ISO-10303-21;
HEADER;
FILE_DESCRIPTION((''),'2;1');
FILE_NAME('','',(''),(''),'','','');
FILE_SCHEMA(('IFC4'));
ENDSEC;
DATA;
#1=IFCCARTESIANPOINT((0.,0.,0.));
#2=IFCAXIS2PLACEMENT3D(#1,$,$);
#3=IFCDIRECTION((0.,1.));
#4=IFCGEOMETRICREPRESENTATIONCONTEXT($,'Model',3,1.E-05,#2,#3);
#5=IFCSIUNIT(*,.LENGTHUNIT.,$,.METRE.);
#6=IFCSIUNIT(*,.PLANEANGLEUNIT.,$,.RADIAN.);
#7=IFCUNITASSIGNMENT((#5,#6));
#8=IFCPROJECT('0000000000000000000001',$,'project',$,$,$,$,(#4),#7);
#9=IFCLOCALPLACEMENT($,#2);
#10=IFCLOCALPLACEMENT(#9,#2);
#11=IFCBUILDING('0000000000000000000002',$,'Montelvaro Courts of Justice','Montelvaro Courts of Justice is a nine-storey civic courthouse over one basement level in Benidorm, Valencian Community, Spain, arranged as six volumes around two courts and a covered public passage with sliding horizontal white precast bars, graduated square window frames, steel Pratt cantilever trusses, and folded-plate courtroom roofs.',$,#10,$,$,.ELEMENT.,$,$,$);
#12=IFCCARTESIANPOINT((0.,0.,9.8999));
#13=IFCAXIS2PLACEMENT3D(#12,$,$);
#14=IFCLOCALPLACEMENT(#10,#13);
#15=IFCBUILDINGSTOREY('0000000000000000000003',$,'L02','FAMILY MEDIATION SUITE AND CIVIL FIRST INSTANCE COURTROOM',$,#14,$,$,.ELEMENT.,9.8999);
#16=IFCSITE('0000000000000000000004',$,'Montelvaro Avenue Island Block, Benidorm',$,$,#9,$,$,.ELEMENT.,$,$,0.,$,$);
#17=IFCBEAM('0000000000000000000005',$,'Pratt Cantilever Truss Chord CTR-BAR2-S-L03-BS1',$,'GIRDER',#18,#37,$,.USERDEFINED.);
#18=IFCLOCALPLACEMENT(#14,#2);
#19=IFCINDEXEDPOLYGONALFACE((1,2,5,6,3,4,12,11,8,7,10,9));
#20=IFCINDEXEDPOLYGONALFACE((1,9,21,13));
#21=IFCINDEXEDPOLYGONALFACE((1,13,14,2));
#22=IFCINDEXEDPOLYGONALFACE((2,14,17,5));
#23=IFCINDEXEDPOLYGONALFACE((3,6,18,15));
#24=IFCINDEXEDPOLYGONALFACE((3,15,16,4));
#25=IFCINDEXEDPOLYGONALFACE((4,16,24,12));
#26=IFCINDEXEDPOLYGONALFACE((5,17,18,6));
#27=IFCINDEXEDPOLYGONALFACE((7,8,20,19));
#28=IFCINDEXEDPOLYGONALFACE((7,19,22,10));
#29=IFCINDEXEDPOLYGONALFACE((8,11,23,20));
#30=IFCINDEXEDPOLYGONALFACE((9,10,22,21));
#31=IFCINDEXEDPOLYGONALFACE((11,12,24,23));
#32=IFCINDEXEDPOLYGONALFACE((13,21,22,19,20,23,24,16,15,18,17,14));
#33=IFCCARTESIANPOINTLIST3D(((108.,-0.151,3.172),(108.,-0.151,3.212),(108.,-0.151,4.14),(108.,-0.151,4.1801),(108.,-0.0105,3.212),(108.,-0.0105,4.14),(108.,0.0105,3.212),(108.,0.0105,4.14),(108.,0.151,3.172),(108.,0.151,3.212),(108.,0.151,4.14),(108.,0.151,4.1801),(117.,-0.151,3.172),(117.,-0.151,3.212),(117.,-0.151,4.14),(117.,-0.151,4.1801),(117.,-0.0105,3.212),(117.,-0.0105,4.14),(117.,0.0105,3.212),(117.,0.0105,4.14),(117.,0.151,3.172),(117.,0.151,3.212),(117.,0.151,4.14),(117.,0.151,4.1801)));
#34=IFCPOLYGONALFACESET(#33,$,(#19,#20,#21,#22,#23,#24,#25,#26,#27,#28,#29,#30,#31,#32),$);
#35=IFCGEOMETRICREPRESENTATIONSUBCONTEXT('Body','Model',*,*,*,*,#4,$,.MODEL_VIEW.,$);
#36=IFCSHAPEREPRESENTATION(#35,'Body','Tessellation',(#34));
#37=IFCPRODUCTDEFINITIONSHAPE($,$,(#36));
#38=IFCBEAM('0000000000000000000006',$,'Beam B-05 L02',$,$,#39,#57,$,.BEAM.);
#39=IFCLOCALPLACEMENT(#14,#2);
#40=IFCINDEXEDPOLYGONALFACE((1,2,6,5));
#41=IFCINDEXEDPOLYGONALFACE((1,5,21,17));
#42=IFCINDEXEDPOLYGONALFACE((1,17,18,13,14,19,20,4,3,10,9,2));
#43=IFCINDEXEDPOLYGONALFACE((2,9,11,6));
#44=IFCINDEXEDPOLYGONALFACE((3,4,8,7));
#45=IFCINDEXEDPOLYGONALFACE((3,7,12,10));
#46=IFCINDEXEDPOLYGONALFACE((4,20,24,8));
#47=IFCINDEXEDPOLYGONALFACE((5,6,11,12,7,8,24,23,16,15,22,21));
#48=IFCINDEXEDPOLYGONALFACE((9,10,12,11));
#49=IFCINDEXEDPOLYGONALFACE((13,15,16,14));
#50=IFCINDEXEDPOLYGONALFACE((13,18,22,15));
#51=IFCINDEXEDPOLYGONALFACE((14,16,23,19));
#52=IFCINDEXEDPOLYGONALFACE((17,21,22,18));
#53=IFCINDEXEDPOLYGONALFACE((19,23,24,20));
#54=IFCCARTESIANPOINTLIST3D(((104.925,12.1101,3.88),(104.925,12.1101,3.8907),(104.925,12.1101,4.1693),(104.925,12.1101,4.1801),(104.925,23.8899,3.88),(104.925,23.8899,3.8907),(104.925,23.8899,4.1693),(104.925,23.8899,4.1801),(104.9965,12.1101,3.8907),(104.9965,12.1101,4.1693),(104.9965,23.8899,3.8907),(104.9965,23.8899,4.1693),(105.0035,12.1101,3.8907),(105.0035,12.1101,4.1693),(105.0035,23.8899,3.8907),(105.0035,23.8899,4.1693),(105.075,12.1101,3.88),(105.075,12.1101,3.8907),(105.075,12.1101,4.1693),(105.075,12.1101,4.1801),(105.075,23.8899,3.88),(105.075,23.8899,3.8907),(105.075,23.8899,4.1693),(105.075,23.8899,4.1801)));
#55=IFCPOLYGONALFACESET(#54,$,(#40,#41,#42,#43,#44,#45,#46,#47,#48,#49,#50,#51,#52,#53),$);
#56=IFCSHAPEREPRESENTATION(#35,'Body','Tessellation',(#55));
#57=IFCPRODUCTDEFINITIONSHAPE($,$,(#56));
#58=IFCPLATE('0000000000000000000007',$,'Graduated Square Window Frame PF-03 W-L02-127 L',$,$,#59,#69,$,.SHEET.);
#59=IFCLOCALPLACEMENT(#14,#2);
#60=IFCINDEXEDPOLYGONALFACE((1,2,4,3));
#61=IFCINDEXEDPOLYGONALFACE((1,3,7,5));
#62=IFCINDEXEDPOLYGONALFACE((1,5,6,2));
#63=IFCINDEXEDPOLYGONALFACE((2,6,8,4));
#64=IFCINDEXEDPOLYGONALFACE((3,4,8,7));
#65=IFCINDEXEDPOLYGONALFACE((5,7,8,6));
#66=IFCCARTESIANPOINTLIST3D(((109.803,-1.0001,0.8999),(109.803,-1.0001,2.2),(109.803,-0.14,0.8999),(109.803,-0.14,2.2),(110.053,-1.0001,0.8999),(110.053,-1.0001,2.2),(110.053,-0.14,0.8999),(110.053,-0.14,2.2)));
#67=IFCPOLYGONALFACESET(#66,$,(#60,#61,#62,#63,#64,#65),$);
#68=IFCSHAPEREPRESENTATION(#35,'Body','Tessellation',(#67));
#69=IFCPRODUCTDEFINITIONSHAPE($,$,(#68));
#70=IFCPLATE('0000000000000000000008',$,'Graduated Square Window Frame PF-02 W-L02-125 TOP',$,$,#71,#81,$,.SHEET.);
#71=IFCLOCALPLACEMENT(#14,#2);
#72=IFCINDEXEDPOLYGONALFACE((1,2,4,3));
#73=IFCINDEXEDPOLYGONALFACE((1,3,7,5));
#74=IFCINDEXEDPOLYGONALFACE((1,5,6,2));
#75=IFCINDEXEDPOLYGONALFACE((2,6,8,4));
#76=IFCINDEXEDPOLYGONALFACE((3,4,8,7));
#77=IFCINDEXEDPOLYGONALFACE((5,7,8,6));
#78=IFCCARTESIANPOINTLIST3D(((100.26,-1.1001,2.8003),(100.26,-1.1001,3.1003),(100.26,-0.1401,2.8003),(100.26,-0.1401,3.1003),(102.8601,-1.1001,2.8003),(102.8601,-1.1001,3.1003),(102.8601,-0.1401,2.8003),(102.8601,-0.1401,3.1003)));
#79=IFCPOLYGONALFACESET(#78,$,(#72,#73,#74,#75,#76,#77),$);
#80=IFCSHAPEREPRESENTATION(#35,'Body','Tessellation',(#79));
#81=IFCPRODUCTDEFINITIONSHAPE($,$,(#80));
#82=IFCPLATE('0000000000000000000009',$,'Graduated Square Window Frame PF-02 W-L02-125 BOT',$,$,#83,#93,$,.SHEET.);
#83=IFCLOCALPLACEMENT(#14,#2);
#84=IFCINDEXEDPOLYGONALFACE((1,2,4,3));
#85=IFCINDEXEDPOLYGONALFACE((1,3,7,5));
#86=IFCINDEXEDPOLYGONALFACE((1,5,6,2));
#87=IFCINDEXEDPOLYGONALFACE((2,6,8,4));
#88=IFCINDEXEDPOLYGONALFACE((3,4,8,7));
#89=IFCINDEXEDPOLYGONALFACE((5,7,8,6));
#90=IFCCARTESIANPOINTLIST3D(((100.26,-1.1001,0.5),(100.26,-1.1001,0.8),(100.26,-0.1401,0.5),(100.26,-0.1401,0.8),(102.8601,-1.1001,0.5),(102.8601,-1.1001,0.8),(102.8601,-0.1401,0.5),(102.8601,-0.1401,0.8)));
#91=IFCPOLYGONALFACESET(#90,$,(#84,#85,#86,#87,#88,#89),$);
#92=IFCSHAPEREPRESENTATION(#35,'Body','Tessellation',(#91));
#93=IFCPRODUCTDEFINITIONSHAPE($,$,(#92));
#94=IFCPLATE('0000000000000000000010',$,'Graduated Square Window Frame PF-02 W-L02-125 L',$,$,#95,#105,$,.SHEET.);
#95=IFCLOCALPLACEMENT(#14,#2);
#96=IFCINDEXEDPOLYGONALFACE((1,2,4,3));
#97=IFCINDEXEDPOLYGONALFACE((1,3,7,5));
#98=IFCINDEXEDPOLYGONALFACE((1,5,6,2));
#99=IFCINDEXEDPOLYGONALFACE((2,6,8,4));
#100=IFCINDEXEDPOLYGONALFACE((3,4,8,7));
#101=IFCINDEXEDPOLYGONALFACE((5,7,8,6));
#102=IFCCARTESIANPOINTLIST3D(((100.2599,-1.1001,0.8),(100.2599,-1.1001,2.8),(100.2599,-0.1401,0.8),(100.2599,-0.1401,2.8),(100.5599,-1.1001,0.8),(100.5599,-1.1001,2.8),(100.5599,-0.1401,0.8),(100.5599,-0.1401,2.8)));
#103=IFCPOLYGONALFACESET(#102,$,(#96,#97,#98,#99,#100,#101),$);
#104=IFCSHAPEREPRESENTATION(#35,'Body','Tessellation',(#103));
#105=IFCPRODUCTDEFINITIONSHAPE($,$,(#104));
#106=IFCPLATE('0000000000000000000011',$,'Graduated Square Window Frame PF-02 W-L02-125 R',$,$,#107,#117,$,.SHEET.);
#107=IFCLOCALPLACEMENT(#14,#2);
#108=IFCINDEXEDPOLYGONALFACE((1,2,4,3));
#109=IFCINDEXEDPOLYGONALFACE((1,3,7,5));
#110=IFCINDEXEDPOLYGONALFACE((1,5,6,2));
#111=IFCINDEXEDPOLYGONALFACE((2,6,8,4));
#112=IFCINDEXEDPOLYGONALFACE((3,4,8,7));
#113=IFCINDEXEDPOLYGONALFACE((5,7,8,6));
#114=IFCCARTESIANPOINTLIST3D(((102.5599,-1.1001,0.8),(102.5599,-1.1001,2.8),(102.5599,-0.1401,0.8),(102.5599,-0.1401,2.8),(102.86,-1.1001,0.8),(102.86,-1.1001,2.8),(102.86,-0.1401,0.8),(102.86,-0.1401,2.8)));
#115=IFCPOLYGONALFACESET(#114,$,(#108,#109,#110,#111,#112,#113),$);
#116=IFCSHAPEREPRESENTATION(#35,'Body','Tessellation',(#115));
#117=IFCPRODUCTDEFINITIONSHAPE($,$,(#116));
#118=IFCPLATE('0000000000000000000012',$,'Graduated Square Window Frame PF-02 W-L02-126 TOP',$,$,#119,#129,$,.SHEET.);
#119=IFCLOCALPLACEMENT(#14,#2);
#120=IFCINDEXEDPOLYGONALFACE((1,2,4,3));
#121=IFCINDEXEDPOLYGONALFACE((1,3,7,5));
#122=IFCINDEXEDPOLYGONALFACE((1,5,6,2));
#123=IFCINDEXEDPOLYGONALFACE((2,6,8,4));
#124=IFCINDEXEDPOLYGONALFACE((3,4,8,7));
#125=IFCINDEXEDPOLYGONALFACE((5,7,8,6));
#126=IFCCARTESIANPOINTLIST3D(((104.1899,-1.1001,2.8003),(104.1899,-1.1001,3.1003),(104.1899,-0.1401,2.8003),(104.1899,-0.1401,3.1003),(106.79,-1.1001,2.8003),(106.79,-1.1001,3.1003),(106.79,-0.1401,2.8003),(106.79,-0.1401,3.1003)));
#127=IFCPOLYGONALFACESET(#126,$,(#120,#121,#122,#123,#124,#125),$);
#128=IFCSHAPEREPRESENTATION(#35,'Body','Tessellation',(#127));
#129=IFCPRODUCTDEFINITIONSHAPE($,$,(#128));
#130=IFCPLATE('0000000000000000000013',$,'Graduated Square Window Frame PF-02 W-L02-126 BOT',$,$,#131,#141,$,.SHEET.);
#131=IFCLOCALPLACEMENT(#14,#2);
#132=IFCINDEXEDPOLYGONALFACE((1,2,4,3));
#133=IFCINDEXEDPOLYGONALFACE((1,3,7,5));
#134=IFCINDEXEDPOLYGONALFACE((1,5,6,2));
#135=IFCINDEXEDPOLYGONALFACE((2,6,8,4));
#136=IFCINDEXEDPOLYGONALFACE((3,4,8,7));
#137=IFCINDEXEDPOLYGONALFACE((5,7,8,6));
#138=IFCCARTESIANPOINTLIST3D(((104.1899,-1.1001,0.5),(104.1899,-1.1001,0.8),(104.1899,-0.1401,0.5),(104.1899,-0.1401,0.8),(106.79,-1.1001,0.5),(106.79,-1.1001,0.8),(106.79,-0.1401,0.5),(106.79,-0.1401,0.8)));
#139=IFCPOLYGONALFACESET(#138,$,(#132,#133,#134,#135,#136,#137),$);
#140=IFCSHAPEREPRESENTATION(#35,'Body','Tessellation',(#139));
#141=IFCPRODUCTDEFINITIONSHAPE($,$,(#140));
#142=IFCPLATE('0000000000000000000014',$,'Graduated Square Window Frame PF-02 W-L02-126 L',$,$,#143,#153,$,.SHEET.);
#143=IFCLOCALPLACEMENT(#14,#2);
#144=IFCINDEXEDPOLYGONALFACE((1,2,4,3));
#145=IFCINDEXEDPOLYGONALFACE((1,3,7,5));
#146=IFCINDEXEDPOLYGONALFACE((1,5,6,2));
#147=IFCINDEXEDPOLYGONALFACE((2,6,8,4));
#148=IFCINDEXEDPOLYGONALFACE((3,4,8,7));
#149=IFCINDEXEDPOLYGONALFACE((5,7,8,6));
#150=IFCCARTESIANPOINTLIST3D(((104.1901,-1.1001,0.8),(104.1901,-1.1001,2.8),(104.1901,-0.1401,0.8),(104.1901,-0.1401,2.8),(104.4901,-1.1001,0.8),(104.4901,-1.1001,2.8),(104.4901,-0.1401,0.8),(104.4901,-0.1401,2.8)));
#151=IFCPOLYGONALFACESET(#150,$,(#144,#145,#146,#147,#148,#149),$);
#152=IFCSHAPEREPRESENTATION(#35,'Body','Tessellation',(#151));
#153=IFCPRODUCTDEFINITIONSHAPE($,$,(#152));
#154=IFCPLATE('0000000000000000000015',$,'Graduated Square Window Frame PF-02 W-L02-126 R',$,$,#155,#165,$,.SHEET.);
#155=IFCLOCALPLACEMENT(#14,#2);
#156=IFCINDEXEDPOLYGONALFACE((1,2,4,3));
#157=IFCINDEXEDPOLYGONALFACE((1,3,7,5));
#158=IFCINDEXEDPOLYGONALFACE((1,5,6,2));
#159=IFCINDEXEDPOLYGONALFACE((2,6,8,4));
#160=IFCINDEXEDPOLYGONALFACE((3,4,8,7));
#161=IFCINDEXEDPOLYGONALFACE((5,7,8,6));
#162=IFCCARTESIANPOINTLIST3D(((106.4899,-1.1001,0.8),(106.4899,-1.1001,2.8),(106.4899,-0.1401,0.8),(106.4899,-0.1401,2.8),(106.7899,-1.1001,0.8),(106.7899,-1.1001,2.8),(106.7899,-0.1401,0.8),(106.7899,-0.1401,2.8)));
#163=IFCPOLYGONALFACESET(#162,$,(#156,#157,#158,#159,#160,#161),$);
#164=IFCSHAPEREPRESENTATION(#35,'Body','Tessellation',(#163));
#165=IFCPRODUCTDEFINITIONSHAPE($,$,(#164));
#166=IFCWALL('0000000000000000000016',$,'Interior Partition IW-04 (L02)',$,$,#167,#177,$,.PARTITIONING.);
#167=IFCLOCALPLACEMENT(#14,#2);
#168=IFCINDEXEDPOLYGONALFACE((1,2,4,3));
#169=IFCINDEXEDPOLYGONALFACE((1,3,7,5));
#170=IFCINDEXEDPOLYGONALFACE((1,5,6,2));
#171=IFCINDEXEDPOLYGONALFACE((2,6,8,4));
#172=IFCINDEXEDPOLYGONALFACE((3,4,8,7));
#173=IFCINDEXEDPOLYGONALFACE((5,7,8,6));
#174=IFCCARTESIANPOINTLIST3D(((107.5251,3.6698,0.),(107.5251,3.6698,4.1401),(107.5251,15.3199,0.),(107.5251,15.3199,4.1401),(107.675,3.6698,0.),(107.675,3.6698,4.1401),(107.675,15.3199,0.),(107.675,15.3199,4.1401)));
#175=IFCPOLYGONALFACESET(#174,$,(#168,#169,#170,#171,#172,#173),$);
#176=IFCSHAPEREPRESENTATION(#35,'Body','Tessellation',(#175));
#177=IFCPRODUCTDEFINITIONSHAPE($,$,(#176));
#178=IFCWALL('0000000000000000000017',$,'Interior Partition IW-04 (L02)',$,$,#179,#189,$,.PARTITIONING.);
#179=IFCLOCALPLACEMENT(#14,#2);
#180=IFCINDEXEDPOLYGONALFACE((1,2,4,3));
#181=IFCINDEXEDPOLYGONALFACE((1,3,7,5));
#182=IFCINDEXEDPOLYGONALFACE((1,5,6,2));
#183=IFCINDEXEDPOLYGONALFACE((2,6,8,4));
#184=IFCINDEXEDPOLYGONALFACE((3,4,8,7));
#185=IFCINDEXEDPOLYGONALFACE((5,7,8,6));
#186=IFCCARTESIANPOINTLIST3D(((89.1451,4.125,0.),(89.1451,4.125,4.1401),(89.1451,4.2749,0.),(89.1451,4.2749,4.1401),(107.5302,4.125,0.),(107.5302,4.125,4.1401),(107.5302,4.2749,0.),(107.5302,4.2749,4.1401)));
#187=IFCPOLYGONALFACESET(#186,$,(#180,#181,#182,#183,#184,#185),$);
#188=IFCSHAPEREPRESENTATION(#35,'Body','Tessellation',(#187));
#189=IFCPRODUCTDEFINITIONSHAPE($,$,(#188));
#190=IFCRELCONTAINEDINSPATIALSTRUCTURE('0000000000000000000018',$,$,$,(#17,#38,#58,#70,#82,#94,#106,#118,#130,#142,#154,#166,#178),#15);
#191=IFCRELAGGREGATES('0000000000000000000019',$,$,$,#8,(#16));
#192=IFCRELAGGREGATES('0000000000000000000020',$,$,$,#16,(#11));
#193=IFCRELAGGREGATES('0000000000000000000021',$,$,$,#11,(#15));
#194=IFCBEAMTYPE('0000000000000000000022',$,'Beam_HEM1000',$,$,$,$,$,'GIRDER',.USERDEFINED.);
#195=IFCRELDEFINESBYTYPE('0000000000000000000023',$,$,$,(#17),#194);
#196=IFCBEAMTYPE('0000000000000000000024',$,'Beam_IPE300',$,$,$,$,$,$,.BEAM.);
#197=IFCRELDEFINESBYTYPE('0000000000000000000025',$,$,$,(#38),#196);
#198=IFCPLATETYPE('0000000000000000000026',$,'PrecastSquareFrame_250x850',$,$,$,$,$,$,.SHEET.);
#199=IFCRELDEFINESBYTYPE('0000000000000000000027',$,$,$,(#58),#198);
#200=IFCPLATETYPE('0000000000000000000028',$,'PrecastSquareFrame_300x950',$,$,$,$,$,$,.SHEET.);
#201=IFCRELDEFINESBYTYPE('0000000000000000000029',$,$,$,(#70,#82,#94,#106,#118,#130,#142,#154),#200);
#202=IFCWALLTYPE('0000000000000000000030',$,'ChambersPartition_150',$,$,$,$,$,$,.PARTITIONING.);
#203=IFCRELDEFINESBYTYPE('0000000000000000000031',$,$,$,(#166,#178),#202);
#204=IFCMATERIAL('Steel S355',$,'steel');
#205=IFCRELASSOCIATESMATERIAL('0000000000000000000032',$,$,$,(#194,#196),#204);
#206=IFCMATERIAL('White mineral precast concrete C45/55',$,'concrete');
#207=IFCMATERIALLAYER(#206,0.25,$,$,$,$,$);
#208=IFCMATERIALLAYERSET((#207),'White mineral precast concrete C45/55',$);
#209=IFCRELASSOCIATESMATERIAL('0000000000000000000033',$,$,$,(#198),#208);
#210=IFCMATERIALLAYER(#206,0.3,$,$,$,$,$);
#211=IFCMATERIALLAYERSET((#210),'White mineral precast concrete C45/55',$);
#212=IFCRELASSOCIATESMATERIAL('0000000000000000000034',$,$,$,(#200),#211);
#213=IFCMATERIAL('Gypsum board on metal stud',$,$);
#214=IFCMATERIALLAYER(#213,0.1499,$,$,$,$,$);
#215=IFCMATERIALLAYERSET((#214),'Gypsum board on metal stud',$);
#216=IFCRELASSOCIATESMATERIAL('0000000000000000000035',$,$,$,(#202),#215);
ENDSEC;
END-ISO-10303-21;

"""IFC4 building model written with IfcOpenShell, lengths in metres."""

from ifc_helpers import new_model, si_unit, direction, frame, frame_2d, origin, origin_2d, place, context, subcontext, project, spatial, rectangle, i_section, extrude, material, layer, layer_set, material_profile, profile_set, type_object, element, save


model = new_model("IFC4")

# Units and contexts
model_context = context("Model", 3, precision=1e-05, world=origin(), true_north=direction((0.0, 1.0)))
body_context = subcontext(model_context, "Body", "Model", "MODEL_VIEW")
ifc_project = project(units=[si_unit("LENGTHUNIT", "METRE"), si_unit("PLANEANGLEUNIT", "RADIAN")], contexts=[model_context])

# Site, building, storey
site_placement = place(None, origin())
site = spatial("IfcSite", under=ifc_project, at=site_placement, Name="Montelvaro Avenue Island Block, Benidorm", CompositionType="ELEMENT", RefElevation=0.0)
building_placement = place(site_placement, origin())
building = spatial("IfcBuilding", under=site, at=building_placement, Name="Montelvaro Courts of Justice", Description="Montelvaro Courts of Justice is a nine-storey civic courthouse over one basement level in Benidorm, Valencian Community, Spain, arranged as six volumes around two courts and a covered public passage with sliding horizontal white precast bars, graduated square window frames, steel Pratt cantilever trusses, and folded-plate courtroom roofs.", CompositionType="ELEMENT")
storey_placement = place(building_placement, frame((0.0, 0.0, 9.8999)))
storey = spatial("IfcBuildingStorey", under=building, at=storey_placement, Name="L02", Description="FAMILY MEDIATION SUITE AND CIVIL FIRST INSTANCE COURTROOM", CompositionType="ELEMENT", Elevation=9.8999)

# Shared definitions
ifc_material_1 = material(Name="Steel S355", Category="steel")

# Beams
ifc_material_profile_1 = material_profile(ifc_material_1, i_section(OverallWidth=0.302, OverallDepth=1.0081, WebThickness=0.021, FlangeThickness=0.04, at=origin_2d()), Name="HEM 1000")
ifc_profile_set_1 = profile_set([ifc_material_profile_1], Name="Steel S355")
beam_type_1 = type_object("IfcBeamType", Name="Beam_HEM1000", ElementType="GIRDER", PredefinedType="USERDEFINED", material=ifc_profile_set_1)
beam_1_placement = place(storey_placement, frame((108.0, 0.0, 3.676), z_axis=(1.0, 0.0, 0.0), x_axis=(0.0, 1.0, 0.0)))
element("IfcBeam", 1, at=beam_1_placement, inside=storey, type_object=beam_type_1, Name="Pratt Cantilever Truss Chord CTR-BAR2-S-L03-BS1", ObjectType="GIRDER", PredefinedType="USERDEFINED", context=body_context, shape_type="SweptSolid", body=[
    extrude(i_section(OverallWidth=0.302, OverallDepth=1.0081, WebThickness=0.021, FlangeThickness=0.04, at=origin_2d()), origin(), (0.0, 0.0, 1.0), 9.0),
])
ifc_material_profile_2 = material_profile(ifc_material_1, i_section(OverallWidth=0.1499, OverallDepth=0.3, WebThickness=0.0071, FlangeThickness=0.0107, at=origin_2d()), Name="IPE 300")
ifc_profile_set_2 = profile_set([ifc_material_profile_2], Name="Steel S355")
beam_type_2 = type_object("IfcBeamType", Name="Beam_IPE300", PredefinedType="BEAM", material=ifc_profile_set_2)
beam_2_placement = place(storey_placement, frame((105.0, 12.1101, 4.03), z_axis=(0.0, 1.0, 0.0), x_axis=(-1.0, 0.0, 0.0)))
element("IfcBeam", 2, at=beam_2_placement, inside=storey, type_object=beam_type_2, Name="Beam B-05 L02", PredefinedType="BEAM", context=body_context, shape_type="SweptSolid", body=[
    extrude(i_section(OverallWidth=0.1499, OverallDepth=0.3, WebThickness=0.0071, FlangeThickness=0.0107, at=origin_2d()), origin(), (0.0, 0.0, 1.0), 11.7798),
])

# Plates
ifc_material_2 = material(Name="White mineral precast concrete C45/55", Category="concrete")
ifc_layer_1 = layer(ifc_material_2, 0.25)
ifc_layer_set_1 = layer_set([ifc_layer_1], Name="White mineral precast concrete C45/55")
plate_type_1 = type_object("IfcPlateType", Name="PrecastSquareFrame_250x850", PredefinedType="SHEET", material=ifc_layer_set_1)
plate_placement = place(storey_placement, frame((109.928, -0.5701, 0.8999), z_axis=(0.0, 0.0, 1.0), x_axis=(1.0, 0.0, 0.0)))
element("IfcPlate", 3, at=plate_placement, inside=storey, type_object=plate_type_1, Name="Graduated Square Window Frame PF-03 W-L02-127 L", PredefinedType="SHEET", context=body_context, shape_type="SweptSolid", body=[
    extrude(rectangle(XDim=0.25, YDim=0.8601, at=origin_2d()), origin(), (0.0, 0.0, 1.0), 1.3),
])
ifc_layer_2 = layer(ifc_material_2, 0.3)
ifc_layer_set_2 = layer_set([ifc_layer_2], Name="White mineral precast concrete C45/55")
plate_type_2 = type_object("IfcPlateType", Name="PrecastSquareFrame_300x950", PredefinedType="SHEET", material=ifc_layer_set_2)
for number, where, z_axis, x_axis, name in (
    (4, (101.5601, -0.6201, 2.8003), (0.0, 0.0, 1.0), (1.0, 0.0, 0.0), "Graduated Square Window Frame PF-02 W-L02-125 TOP"),
    (5, (101.5601, -0.6201, 0.5), (0.0, 0.0, 1.0), (1.0, 0.0, 0.0), "Graduated Square Window Frame PF-02 W-L02-125 BOT"),
):
    element("IfcPlate", number, at=place(storey_placement, frame(where, z_axis=z_axis, x_axis=x_axis)), inside=storey, type_object=plate_type_2, Name=name, PredefinedType="SHEET", context=body_context, shape_type="SweptSolid", body=[
        extrude(rectangle(XDim=2.6001, YDim=0.96, at=origin_2d()), origin(), (0.0, 0.0, 1.0), 0.3),
    ])
for number, where, z_axis, x_axis, name in (
    (6, (100.4099, -0.6201, 0.8), (0.0, 0.0, 1.0), (1.0, 0.0, 0.0), "Graduated Square Window Frame PF-02 W-L02-125 L"),
    (7, (102.71, -0.6201, 0.8), (0.0, 0.0, 1.0), (1.0, 0.0, 0.0), "Graduated Square Window Frame PF-02 W-L02-125 R"),
):
    element("IfcPlate", number, at=place(storey_placement, frame(where, z_axis=z_axis, x_axis=x_axis)), inside=storey, type_object=plate_type_2, Name=name, PredefinedType="SHEET", context=body_context, shape_type="SweptSolid", body=[
        extrude(rectangle(XDim=0.3, YDim=0.96, at=origin_2d()), origin(), (0.0, 0.0, 1.0), 2.0),
    ])
for number, where, z_axis, x_axis, name in (
    (8, (105.49, -0.6201, 2.8003), (0.0, 0.0, 1.0), (1.0, 0.0, 0.0), "Graduated Square Window Frame PF-02 W-L02-126 TOP"),
    (9, (105.49, -0.6201, 0.5), (0.0, 0.0, 1.0), (1.0, 0.0, 0.0), "Graduated Square Window Frame PF-02 W-L02-126 BOT"),
):
    element("IfcPlate", number, at=place(storey_placement, frame(where, z_axis=z_axis, x_axis=x_axis)), inside=storey, type_object=plate_type_2, Name=name, PredefinedType="SHEET", context=body_context, shape_type="SweptSolid", body=[
        extrude(rectangle(XDim=2.6001, YDim=0.96, at=origin_2d()), origin(), (0.0, 0.0, 1.0), 0.3),
    ])
for number, where, z_axis, x_axis, name in (
    (10, (104.3401, -0.6201, 0.8), (0.0, 0.0, 1.0), (1.0, 0.0, 0.0), "Graduated Square Window Frame PF-02 W-L02-126 L"),
    (11, (106.6399, -0.6201, 0.8), (0.0, 0.0, 1.0), (1.0, 0.0, 0.0), "Graduated Square Window Frame PF-02 W-L02-126 R"),
):
    element("IfcPlate", number, at=place(storey_placement, frame(where, z_axis=z_axis, x_axis=x_axis)), inside=storey, type_object=plate_type_2, Name=name, PredefinedType="SHEET", context=body_context, shape_type="SweptSolid", body=[
        extrude(rectangle(XDim=0.3, YDim=0.96, at=origin_2d()), origin(), (0.0, 0.0, 1.0), 2.0),
    ])

# Walls
ifc_material_3 = material(Name="Gypsum board on metal stud")
ifc_layer_3 = layer(ifc_material_3, 0.1499)
ifc_layer_set_3 = layer_set([ifc_layer_3], Name="Gypsum board on metal stud")
wall_type_1 = type_object("IfcWallType", Name="ChambersPartition_150", PredefinedType="PARTITIONING", material=ifc_layer_set_3)
wall_1_placement = place(storey_placement, frame((107.6001, 15.3201, 0.0), z_axis=(0.0, 0.0, 1.0), x_axis=(0.0, -1.0, 0.0)))
element("IfcWall", 12, at=wall_1_placement, inside=storey, type_object=wall_type_1, Name="Interior Partition IW-04 (L02)", PredefinedType="PARTITIONING", context=body_context, shape_type="SweptSolid", body=[
    extrude(rectangle(XDim=11.6501, YDim=0.1499, at=frame_2d((5.8252, 0.0))), origin(), (0.0, 0.0, 1.0), 4.1401),
])
wall_2_placement = place(storey_placement, frame((107.53, 4.2, 0.0), z_axis=(0.0, 0.0, 1.0), x_axis=(-1.0, 0.0, 0.0)))
element("IfcWall", 13, at=wall_2_placement, inside=storey, type_object=wall_type_1, Name="Interior Partition IW-04 (L02)", PredefinedType="PARTITIONING", context=body_context, shape_type="SweptSolid", body=[
    extrude(rectangle(XDim=18.385, YDim=0.1499, at=frame_2d((9.1924, 0.0))), origin(), (0.0, 0.0, 1.0), 4.1401),
])

save(model, "model.ifc")
